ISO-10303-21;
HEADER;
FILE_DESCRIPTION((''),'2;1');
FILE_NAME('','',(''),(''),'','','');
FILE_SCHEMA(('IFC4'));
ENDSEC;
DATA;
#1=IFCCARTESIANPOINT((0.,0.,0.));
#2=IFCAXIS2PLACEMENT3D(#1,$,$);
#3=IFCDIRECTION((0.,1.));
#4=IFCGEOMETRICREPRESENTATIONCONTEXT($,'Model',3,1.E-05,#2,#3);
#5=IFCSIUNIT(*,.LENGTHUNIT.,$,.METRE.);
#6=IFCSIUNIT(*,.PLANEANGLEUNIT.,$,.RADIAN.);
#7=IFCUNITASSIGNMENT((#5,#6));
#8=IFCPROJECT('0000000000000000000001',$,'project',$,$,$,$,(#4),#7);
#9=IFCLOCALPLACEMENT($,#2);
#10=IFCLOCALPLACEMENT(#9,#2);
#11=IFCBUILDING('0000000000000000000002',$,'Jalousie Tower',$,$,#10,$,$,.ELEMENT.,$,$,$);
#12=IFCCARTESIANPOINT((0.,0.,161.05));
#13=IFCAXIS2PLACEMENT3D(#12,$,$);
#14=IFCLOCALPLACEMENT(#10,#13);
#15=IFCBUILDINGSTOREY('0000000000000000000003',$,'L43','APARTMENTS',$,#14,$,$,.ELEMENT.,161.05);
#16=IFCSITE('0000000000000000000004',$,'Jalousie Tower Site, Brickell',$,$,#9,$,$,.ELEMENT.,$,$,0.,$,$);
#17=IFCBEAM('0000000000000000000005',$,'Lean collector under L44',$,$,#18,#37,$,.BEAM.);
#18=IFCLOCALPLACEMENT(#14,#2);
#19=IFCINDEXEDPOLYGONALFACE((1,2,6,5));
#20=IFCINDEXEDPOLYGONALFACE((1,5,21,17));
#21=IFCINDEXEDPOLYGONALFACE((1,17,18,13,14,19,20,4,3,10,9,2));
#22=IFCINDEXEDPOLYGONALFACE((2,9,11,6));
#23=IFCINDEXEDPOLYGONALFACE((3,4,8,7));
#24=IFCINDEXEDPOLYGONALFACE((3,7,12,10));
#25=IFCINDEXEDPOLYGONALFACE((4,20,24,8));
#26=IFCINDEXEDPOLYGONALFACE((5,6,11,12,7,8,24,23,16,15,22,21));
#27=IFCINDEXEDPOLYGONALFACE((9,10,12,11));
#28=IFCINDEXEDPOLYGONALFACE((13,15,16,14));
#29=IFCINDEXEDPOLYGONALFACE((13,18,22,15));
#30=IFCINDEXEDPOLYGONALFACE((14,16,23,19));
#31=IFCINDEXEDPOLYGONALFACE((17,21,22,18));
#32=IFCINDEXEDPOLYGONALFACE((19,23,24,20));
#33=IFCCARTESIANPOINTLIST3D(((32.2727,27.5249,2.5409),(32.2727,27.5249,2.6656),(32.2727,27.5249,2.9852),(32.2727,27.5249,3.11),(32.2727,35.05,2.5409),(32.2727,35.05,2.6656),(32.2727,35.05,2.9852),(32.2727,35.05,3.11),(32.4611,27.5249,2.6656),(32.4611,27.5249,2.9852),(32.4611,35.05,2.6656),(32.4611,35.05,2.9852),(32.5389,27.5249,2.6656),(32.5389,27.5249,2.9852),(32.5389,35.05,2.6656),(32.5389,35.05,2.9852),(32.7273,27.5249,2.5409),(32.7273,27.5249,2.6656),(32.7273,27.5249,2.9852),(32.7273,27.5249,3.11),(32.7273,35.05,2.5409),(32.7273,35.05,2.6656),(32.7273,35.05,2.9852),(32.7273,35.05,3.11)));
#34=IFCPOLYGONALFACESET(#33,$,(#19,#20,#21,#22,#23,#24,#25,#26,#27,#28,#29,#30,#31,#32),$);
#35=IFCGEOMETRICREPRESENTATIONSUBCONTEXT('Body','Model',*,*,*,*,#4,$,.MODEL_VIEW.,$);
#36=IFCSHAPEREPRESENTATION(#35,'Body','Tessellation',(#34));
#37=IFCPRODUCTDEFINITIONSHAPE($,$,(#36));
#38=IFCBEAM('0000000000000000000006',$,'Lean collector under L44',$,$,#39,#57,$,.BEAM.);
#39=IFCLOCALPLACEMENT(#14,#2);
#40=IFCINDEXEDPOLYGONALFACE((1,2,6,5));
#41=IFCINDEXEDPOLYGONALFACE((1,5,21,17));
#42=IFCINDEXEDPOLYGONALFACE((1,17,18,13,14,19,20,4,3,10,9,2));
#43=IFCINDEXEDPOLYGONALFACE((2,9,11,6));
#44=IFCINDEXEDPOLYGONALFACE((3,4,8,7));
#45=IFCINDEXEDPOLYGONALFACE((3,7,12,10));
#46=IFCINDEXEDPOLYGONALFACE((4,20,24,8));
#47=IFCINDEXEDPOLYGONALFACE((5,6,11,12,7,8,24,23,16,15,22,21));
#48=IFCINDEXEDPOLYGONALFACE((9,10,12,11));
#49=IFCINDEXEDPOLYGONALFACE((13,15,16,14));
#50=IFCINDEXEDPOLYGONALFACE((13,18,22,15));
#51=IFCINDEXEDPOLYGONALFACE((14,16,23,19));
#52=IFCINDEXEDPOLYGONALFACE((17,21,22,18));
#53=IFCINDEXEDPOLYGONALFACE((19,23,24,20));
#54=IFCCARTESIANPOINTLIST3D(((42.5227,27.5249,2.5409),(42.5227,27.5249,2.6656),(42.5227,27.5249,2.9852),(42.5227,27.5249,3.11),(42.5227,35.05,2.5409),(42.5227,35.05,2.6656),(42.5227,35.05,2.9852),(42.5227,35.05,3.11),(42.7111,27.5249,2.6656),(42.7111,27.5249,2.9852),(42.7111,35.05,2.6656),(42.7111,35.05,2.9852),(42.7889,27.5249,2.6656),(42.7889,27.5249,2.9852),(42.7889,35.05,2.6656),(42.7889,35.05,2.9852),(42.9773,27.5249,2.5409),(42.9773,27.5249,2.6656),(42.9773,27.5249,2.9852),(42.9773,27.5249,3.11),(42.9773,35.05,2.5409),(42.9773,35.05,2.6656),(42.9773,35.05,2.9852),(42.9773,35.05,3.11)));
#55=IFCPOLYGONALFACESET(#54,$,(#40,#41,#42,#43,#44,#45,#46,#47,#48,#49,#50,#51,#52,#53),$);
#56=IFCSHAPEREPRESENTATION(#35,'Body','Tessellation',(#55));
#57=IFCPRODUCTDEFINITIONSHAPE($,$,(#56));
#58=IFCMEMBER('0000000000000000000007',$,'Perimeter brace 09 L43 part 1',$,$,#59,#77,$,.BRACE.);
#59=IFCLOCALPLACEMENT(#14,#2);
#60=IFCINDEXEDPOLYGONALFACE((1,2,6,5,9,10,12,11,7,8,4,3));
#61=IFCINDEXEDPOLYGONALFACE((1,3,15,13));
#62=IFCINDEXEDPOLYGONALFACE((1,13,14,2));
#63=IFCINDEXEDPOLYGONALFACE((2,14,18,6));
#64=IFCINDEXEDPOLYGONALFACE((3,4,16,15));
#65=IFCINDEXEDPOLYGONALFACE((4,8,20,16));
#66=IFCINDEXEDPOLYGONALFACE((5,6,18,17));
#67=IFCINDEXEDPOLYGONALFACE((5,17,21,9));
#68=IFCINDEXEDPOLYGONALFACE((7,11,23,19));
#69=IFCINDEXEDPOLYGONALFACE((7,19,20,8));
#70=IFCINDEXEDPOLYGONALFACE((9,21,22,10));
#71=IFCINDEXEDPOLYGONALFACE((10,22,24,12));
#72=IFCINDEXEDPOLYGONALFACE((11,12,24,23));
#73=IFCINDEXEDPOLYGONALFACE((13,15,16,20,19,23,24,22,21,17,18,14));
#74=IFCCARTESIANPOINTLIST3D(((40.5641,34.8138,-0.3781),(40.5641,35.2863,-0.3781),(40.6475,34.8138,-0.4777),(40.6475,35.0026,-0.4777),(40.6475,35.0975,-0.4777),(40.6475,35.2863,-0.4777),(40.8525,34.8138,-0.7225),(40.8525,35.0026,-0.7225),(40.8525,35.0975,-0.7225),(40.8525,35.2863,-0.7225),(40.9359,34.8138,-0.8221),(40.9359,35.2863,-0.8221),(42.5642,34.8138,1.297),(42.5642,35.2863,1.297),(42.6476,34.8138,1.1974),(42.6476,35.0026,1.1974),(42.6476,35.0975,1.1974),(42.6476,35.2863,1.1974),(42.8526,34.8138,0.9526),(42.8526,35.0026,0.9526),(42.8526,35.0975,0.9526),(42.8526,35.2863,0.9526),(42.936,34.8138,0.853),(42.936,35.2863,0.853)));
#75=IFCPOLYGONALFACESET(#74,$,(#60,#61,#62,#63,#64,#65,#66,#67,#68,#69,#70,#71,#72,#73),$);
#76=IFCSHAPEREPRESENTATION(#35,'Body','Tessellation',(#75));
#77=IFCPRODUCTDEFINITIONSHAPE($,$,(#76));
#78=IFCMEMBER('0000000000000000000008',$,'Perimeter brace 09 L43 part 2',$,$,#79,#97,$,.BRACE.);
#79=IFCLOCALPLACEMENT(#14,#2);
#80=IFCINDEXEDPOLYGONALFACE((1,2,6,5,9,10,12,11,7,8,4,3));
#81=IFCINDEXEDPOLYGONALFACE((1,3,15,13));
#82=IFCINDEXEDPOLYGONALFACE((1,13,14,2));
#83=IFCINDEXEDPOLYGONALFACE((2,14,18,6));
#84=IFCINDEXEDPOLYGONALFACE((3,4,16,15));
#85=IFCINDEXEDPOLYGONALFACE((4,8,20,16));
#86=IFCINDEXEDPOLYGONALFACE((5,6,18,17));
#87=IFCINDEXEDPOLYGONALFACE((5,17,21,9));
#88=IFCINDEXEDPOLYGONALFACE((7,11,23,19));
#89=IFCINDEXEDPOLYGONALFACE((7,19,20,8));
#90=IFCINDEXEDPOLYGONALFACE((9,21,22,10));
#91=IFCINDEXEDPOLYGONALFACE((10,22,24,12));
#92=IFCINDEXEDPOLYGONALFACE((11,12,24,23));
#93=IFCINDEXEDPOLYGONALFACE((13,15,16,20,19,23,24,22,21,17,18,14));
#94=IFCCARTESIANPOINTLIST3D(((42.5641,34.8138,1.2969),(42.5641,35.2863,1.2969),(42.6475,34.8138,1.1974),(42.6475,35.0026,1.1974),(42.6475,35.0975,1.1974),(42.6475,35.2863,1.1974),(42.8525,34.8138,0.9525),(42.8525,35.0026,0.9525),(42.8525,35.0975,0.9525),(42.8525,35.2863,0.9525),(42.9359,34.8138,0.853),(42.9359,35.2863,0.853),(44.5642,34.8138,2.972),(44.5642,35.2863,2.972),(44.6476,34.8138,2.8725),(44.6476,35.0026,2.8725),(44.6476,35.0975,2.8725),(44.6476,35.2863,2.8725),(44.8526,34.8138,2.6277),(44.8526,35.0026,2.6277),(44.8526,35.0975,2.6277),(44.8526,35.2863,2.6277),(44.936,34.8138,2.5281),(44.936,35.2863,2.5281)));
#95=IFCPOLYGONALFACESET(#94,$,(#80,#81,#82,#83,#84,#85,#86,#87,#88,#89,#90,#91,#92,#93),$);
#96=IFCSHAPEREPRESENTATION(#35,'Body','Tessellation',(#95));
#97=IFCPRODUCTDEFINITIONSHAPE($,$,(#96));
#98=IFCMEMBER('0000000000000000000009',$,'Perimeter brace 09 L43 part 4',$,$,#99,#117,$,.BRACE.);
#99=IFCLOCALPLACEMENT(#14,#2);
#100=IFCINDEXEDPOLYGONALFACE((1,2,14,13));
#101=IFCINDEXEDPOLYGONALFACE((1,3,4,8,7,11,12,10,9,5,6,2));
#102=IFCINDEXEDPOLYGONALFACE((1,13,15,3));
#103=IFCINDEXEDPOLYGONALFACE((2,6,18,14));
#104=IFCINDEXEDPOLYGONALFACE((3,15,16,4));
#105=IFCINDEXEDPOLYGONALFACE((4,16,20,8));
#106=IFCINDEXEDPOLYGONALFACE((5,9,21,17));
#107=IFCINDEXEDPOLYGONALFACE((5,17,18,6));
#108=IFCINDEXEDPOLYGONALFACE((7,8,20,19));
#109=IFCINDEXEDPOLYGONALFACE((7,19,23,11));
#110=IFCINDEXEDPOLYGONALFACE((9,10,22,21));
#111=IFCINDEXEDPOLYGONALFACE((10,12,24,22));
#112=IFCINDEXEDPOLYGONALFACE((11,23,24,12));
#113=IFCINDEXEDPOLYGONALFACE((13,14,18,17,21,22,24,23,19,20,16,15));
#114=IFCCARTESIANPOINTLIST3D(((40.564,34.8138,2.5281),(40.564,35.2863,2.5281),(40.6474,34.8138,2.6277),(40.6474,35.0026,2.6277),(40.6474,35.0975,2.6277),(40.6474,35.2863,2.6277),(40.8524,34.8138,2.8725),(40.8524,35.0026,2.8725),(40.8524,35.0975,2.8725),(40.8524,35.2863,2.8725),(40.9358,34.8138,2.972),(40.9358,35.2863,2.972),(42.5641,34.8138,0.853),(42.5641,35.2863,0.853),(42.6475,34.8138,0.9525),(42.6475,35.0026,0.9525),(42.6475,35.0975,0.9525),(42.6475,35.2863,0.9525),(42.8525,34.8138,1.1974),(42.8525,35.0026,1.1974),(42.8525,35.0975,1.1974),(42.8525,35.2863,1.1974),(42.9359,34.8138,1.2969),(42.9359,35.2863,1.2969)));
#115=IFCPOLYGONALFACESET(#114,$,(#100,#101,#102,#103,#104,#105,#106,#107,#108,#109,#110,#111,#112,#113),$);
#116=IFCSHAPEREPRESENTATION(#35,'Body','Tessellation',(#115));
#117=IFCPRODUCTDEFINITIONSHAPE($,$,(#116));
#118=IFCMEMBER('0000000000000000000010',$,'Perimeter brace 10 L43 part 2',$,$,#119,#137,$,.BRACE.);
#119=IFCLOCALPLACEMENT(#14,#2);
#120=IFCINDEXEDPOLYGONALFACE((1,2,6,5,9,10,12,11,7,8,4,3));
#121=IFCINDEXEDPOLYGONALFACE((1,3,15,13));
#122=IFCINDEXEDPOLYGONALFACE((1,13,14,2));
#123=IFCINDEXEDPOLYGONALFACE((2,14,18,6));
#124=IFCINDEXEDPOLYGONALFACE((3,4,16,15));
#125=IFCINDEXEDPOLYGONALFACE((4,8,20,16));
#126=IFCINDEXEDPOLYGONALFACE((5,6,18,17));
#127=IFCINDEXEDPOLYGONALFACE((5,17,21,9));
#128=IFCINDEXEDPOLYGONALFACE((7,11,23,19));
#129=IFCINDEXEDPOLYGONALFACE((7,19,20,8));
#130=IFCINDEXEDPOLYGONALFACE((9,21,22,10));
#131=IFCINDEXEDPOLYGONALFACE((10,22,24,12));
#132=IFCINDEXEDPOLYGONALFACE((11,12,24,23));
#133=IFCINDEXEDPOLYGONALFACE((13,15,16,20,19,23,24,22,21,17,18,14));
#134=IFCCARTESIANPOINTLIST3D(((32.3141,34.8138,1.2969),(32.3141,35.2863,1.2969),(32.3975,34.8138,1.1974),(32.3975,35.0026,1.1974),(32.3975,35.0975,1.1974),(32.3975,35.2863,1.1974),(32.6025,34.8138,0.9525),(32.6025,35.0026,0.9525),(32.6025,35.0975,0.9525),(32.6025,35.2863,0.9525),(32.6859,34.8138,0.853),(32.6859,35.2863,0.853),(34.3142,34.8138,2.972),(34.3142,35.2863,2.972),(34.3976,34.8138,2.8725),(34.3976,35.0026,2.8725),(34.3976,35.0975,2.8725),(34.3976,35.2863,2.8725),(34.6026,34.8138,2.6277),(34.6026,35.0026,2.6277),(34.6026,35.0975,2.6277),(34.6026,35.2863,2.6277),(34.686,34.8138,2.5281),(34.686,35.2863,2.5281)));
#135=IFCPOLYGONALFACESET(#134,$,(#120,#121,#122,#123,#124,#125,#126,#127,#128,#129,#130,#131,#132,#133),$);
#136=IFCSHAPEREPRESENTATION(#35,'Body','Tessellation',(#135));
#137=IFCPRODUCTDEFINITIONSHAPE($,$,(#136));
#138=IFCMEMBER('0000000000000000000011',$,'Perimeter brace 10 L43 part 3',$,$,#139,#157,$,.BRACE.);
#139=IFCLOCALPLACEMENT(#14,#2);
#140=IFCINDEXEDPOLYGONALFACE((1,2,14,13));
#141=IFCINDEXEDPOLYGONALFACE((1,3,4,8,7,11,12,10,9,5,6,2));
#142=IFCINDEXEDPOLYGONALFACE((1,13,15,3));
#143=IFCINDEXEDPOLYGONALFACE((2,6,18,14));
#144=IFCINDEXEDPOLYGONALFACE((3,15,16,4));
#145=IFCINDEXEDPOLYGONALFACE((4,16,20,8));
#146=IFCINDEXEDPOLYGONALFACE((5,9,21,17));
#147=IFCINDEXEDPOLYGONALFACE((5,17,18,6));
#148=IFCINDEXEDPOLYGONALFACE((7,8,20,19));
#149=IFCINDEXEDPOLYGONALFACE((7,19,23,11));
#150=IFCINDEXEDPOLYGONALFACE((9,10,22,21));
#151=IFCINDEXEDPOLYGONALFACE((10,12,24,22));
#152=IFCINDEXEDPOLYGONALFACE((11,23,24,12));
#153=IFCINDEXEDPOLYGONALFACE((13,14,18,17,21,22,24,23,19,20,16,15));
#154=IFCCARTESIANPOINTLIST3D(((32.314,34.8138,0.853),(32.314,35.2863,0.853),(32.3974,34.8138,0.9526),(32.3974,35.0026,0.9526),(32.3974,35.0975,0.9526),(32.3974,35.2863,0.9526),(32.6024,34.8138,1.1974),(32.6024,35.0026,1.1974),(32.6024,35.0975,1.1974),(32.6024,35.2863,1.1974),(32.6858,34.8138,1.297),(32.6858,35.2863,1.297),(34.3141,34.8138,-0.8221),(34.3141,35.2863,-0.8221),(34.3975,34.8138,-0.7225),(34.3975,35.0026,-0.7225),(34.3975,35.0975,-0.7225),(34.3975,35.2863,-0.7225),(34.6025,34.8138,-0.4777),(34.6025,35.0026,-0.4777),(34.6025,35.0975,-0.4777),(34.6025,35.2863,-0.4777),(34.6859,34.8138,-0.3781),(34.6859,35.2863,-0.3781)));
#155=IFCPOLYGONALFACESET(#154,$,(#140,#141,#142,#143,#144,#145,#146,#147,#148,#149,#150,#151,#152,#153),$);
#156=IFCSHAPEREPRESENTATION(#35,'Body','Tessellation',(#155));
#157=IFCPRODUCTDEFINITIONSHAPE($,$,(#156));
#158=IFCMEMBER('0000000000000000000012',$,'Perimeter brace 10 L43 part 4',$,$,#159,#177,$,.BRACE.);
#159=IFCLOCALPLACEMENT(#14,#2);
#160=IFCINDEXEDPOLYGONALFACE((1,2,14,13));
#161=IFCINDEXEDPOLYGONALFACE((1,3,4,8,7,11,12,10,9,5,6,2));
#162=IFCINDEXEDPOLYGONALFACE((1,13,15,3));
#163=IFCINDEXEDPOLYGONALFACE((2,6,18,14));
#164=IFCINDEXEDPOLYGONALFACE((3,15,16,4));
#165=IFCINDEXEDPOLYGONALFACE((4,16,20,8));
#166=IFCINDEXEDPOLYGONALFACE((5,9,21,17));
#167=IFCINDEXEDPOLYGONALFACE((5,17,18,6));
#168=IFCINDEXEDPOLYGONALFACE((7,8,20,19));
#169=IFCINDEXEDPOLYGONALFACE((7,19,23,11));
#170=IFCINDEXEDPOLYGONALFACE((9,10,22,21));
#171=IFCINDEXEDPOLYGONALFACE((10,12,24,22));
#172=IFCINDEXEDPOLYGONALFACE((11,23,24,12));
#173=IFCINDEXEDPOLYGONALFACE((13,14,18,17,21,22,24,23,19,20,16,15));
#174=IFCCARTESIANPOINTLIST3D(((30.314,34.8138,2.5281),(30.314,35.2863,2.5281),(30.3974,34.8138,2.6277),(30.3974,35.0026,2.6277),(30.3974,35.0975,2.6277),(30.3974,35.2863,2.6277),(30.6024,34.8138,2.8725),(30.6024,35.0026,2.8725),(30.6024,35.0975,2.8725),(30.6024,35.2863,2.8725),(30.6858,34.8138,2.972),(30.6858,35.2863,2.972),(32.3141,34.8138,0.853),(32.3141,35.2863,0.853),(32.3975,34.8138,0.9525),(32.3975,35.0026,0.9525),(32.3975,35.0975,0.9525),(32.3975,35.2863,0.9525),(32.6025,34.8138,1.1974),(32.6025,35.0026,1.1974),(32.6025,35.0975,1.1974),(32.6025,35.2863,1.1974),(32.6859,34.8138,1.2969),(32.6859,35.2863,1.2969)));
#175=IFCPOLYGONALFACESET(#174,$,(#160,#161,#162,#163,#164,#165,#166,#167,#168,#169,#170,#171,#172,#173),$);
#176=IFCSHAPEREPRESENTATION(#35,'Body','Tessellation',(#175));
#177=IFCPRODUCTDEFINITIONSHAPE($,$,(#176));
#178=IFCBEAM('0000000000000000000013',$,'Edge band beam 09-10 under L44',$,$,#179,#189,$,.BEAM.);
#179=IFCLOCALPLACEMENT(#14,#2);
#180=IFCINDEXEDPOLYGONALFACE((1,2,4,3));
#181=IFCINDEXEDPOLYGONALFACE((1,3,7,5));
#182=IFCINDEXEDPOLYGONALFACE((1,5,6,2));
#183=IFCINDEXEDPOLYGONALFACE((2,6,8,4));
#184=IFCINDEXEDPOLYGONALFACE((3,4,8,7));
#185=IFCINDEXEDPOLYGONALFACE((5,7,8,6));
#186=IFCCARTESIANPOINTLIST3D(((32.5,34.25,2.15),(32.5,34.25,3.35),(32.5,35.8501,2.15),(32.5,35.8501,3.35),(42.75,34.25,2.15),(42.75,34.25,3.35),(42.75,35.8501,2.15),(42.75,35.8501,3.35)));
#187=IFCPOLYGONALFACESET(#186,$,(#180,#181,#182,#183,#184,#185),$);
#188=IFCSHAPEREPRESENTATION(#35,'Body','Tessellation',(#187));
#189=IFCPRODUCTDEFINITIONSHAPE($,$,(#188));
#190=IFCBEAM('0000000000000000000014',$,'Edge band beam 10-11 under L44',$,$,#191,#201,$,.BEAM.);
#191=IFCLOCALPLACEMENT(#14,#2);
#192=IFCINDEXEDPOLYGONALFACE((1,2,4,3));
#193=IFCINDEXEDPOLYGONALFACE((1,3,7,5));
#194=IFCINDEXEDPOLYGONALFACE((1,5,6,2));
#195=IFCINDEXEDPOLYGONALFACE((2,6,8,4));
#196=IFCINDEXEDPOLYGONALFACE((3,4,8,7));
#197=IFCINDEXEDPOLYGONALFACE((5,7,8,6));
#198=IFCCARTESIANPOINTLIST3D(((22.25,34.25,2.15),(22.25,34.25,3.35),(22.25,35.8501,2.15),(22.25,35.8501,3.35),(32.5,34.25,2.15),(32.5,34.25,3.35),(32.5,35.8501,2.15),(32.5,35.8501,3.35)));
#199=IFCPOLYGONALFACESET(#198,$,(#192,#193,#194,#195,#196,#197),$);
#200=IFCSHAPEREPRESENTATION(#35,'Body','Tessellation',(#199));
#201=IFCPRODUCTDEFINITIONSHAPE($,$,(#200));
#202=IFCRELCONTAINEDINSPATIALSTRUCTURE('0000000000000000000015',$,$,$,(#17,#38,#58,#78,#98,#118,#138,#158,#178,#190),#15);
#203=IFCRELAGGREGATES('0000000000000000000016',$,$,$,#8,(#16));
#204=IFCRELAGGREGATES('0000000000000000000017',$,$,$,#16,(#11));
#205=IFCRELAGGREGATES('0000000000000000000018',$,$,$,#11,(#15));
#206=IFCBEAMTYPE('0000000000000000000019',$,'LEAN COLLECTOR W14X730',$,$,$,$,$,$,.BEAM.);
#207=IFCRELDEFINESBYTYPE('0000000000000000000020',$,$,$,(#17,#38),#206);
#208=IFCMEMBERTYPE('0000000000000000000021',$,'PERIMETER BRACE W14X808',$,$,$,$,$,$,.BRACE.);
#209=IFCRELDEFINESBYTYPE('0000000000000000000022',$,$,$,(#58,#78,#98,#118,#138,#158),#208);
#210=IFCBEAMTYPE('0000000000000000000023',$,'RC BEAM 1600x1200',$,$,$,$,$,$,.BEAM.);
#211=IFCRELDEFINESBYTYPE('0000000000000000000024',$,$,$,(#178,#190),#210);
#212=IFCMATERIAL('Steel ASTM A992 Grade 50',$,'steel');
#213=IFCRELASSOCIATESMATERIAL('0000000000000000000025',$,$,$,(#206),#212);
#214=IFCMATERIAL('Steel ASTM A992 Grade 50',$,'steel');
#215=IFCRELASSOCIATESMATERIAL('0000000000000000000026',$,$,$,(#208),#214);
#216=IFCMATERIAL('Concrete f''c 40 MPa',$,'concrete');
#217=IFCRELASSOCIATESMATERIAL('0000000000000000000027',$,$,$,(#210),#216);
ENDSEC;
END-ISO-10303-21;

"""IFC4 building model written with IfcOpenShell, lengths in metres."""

from ifc_helpers import new_model, si_unit, direction, frame, origin, origin_2d, place, context, subcontext, project, spatial, rectangle, i_section, extrude, material, material_profile, profile_set, type_object, element, save


model = new_model("IFC4")

# Units and contexts
model_context = context("Model", 3, precision=1e-05, world=origin(), true_north=direction((0.0, 1.0)))
body_context = subcontext(model_context, "Body", "Model", "MODEL_VIEW")
ifc_project = project(units=[si_unit("LENGTHUNIT", "METRE"), si_unit("PLANEANGLEUNIT", "RADIAN")], contexts=[model_context])

# Site, building, storey
site_placement = place(None, origin())
site = spatial("IfcSite", under=ifc_project, at=site_placement, Name="Jalousie Tower Site, Brickell", CompositionType="ELEMENT", RefElevation=0.0)
building_placement = place(site_placement, origin())
building = spatial("IfcBuilding", under=site, at=building_placement, Name="Jalousie Tower", CompositionType="ELEMENT")
storey_placement = place(building_placement, frame((0.0, 0.0, 161.05)))
storey = spatial("IfcBuildingStorey", under=building, at=storey_placement, Name="L43", Description="APARTMENTS", CompositionType="ELEMENT", Elevation=161.05)

# Beams
ifc_material_1 = material(Name="Steel ASTM A992 Grade 50", Category="steel")
ifc_material_profile_1 = material_profile(ifc_material_1, i_section(OverallWidth=0.4546, OverallDepth=0.5691, WebThickness=0.0779, FlangeThickness=0.1248, at=origin_2d()), Name="W14X730")
ifc_profile_set_1 = profile_set([ifc_material_profile_1], Name="Steel ASTM A992 Grade 50")
beam_type_1 = type_object("IfcBeamType", Name="LEAN COLLECTOR W14X730", PredefinedType="BEAM", material=ifc_profile_set_1)
for number, where, z_axis, x_axis, name in (
    (1, (32.5, 35.05, 2.8254), (0.0, -1.0, 0.0), (1.0, 0.0, 0.0), "Lean collector under L44"),
    (2, (42.75, 35.05, 2.8254), (0.0, -1.0, 0.0), (1.0, 0.0, 0.0), "Lean collector under L44"),
):
    element("IfcBeam", number, at=place(storey_placement, frame(where, z_axis=z_axis, x_axis=x_axis)), inside=storey, type_object=beam_type_1, Name=name, PredefinedType="BEAM", context=body_context, shape_type="SweptSolid", body=[
        extrude(i_section(OverallWidth=0.4546, OverallDepth=0.5691, WebThickness=0.0779, FlangeThickness=0.1248, at=origin_2d()), origin(), (0.0, 0.0, 1.0), 7.5251),
    ])

# Members
ifc_material_2 = material(Name="Steel ASTM A992 Grade 50", Category="steel")
ifc_material_profile_2 = material_profile(ifc_material_2, i_section(OverallWidth=0.4724, OverallDepth=0.5791, WebThickness=0.095, FlangeThickness=0.1299, at=origin_2d()), Name="W14X808")
ifc_profile_set_2 = profile_set([ifc_material_profile_2], Name="Steel ASTM A992 Grade 50")
member_type_1 = type_object("IfcMemberType", Name="PERIMETER BRACE W14X808", PredefinedType="BRACE", material=ifc_profile_set_2)
for number, where, z_axis, x_axis, name in (
    (3, (40.75, 35.05, -0.6001), (0.766639, 0.0, 0.642079), (0.0, 1.0, 0.0), "Perimeter brace 09 L43 part 1"),
    (4, (42.75, 35.05, 1.075), (0.766639, 0.0, 0.642079), (0.0, 1.0, 0.0), "Perimeter brace 09 L43 part 2"),
    (5, (42.75, 35.05, 1.075), (-0.766639, 0.0, 0.642079), (0.0, -1.0, 0.0), "Perimeter brace 09 L43 part 4"),
    (6, (32.5, 35.05, 1.075), (0.766639, 0.0, 0.642079), (0.0, 1.0, 0.0), "Perimeter brace 10 L43 part 2"),
    (7, (34.5, 35.05, -0.6001), (-0.766639, 0.0, 0.642079), (0.0, -1.0, 0.0), "Perimeter brace 10 L43 part 3"),
    (8, (32.5, 35.05, 1.075), (-0.766639, 0.0, 0.642079), (0.0, -1.0, 0.0), "Perimeter brace 10 L43 part 4"),
):
    element("IfcMember", number, at=place(storey_placement, frame(where, z_axis=z_axis, x_axis=x_axis)), inside=storey, type_object=member_type_1, Name=name, PredefinedType="BRACE", context=body_context, shape_type="SweptSolid", body=[
        extrude(i_section(OverallWidth=0.4724, OverallDepth=0.5791, WebThickness=0.095, FlangeThickness=0.1299, at=origin_2d()), origin(), (0.0, 0.0, 1.0), 2.6089),
    ])

# Beams
ifc_material_3 = material(Name="Concrete f'c 40 MPa", Category="concrete")
ifc_material_profile_3 = material_profile(ifc_material_3, rectangle(XDim=1.6001, YDim=1.2, at=origin_2d()), Name="RC 1600x1200")
ifc_profile_set_3 = profile_set([ifc_material_profile_3], Name="Concrete f'c 40 MPa")
beam_type_2 = type_object("IfcBeamType", Name="RC BEAM 1600x1200", PredefinedType="BEAM", material=ifc_profile_set_3)
for number, where, z_axis, x_axis, name in (
    (9, (42.75, 35.05, 2.75), (-1.0, 0.0, 0.0), (0.0, -1.0, 0.0), "Edge band beam 09-10 under L44"),
    (10, (32.5, 35.05, 2.75), (-1.0, 0.0, 0.0), (0.0, -1.0, 0.0), "Edge band beam 10-11 under L44"),
):
    element("IfcBeam", number, at=place(storey_placement, frame(where, z_axis=z_axis, x_axis=x_axis)), inside=storey, type_object=beam_type_2, Name=name, PredefinedType="BEAM", context=body_context, shape_type="SweptSolid", body=[
        extrude(rectangle(XDim=1.6001, YDim=1.2, at=origin_2d()), origin(), (0.0, 0.0, 1.0), 10.25),
    ])

save(model, "model.ifc")
